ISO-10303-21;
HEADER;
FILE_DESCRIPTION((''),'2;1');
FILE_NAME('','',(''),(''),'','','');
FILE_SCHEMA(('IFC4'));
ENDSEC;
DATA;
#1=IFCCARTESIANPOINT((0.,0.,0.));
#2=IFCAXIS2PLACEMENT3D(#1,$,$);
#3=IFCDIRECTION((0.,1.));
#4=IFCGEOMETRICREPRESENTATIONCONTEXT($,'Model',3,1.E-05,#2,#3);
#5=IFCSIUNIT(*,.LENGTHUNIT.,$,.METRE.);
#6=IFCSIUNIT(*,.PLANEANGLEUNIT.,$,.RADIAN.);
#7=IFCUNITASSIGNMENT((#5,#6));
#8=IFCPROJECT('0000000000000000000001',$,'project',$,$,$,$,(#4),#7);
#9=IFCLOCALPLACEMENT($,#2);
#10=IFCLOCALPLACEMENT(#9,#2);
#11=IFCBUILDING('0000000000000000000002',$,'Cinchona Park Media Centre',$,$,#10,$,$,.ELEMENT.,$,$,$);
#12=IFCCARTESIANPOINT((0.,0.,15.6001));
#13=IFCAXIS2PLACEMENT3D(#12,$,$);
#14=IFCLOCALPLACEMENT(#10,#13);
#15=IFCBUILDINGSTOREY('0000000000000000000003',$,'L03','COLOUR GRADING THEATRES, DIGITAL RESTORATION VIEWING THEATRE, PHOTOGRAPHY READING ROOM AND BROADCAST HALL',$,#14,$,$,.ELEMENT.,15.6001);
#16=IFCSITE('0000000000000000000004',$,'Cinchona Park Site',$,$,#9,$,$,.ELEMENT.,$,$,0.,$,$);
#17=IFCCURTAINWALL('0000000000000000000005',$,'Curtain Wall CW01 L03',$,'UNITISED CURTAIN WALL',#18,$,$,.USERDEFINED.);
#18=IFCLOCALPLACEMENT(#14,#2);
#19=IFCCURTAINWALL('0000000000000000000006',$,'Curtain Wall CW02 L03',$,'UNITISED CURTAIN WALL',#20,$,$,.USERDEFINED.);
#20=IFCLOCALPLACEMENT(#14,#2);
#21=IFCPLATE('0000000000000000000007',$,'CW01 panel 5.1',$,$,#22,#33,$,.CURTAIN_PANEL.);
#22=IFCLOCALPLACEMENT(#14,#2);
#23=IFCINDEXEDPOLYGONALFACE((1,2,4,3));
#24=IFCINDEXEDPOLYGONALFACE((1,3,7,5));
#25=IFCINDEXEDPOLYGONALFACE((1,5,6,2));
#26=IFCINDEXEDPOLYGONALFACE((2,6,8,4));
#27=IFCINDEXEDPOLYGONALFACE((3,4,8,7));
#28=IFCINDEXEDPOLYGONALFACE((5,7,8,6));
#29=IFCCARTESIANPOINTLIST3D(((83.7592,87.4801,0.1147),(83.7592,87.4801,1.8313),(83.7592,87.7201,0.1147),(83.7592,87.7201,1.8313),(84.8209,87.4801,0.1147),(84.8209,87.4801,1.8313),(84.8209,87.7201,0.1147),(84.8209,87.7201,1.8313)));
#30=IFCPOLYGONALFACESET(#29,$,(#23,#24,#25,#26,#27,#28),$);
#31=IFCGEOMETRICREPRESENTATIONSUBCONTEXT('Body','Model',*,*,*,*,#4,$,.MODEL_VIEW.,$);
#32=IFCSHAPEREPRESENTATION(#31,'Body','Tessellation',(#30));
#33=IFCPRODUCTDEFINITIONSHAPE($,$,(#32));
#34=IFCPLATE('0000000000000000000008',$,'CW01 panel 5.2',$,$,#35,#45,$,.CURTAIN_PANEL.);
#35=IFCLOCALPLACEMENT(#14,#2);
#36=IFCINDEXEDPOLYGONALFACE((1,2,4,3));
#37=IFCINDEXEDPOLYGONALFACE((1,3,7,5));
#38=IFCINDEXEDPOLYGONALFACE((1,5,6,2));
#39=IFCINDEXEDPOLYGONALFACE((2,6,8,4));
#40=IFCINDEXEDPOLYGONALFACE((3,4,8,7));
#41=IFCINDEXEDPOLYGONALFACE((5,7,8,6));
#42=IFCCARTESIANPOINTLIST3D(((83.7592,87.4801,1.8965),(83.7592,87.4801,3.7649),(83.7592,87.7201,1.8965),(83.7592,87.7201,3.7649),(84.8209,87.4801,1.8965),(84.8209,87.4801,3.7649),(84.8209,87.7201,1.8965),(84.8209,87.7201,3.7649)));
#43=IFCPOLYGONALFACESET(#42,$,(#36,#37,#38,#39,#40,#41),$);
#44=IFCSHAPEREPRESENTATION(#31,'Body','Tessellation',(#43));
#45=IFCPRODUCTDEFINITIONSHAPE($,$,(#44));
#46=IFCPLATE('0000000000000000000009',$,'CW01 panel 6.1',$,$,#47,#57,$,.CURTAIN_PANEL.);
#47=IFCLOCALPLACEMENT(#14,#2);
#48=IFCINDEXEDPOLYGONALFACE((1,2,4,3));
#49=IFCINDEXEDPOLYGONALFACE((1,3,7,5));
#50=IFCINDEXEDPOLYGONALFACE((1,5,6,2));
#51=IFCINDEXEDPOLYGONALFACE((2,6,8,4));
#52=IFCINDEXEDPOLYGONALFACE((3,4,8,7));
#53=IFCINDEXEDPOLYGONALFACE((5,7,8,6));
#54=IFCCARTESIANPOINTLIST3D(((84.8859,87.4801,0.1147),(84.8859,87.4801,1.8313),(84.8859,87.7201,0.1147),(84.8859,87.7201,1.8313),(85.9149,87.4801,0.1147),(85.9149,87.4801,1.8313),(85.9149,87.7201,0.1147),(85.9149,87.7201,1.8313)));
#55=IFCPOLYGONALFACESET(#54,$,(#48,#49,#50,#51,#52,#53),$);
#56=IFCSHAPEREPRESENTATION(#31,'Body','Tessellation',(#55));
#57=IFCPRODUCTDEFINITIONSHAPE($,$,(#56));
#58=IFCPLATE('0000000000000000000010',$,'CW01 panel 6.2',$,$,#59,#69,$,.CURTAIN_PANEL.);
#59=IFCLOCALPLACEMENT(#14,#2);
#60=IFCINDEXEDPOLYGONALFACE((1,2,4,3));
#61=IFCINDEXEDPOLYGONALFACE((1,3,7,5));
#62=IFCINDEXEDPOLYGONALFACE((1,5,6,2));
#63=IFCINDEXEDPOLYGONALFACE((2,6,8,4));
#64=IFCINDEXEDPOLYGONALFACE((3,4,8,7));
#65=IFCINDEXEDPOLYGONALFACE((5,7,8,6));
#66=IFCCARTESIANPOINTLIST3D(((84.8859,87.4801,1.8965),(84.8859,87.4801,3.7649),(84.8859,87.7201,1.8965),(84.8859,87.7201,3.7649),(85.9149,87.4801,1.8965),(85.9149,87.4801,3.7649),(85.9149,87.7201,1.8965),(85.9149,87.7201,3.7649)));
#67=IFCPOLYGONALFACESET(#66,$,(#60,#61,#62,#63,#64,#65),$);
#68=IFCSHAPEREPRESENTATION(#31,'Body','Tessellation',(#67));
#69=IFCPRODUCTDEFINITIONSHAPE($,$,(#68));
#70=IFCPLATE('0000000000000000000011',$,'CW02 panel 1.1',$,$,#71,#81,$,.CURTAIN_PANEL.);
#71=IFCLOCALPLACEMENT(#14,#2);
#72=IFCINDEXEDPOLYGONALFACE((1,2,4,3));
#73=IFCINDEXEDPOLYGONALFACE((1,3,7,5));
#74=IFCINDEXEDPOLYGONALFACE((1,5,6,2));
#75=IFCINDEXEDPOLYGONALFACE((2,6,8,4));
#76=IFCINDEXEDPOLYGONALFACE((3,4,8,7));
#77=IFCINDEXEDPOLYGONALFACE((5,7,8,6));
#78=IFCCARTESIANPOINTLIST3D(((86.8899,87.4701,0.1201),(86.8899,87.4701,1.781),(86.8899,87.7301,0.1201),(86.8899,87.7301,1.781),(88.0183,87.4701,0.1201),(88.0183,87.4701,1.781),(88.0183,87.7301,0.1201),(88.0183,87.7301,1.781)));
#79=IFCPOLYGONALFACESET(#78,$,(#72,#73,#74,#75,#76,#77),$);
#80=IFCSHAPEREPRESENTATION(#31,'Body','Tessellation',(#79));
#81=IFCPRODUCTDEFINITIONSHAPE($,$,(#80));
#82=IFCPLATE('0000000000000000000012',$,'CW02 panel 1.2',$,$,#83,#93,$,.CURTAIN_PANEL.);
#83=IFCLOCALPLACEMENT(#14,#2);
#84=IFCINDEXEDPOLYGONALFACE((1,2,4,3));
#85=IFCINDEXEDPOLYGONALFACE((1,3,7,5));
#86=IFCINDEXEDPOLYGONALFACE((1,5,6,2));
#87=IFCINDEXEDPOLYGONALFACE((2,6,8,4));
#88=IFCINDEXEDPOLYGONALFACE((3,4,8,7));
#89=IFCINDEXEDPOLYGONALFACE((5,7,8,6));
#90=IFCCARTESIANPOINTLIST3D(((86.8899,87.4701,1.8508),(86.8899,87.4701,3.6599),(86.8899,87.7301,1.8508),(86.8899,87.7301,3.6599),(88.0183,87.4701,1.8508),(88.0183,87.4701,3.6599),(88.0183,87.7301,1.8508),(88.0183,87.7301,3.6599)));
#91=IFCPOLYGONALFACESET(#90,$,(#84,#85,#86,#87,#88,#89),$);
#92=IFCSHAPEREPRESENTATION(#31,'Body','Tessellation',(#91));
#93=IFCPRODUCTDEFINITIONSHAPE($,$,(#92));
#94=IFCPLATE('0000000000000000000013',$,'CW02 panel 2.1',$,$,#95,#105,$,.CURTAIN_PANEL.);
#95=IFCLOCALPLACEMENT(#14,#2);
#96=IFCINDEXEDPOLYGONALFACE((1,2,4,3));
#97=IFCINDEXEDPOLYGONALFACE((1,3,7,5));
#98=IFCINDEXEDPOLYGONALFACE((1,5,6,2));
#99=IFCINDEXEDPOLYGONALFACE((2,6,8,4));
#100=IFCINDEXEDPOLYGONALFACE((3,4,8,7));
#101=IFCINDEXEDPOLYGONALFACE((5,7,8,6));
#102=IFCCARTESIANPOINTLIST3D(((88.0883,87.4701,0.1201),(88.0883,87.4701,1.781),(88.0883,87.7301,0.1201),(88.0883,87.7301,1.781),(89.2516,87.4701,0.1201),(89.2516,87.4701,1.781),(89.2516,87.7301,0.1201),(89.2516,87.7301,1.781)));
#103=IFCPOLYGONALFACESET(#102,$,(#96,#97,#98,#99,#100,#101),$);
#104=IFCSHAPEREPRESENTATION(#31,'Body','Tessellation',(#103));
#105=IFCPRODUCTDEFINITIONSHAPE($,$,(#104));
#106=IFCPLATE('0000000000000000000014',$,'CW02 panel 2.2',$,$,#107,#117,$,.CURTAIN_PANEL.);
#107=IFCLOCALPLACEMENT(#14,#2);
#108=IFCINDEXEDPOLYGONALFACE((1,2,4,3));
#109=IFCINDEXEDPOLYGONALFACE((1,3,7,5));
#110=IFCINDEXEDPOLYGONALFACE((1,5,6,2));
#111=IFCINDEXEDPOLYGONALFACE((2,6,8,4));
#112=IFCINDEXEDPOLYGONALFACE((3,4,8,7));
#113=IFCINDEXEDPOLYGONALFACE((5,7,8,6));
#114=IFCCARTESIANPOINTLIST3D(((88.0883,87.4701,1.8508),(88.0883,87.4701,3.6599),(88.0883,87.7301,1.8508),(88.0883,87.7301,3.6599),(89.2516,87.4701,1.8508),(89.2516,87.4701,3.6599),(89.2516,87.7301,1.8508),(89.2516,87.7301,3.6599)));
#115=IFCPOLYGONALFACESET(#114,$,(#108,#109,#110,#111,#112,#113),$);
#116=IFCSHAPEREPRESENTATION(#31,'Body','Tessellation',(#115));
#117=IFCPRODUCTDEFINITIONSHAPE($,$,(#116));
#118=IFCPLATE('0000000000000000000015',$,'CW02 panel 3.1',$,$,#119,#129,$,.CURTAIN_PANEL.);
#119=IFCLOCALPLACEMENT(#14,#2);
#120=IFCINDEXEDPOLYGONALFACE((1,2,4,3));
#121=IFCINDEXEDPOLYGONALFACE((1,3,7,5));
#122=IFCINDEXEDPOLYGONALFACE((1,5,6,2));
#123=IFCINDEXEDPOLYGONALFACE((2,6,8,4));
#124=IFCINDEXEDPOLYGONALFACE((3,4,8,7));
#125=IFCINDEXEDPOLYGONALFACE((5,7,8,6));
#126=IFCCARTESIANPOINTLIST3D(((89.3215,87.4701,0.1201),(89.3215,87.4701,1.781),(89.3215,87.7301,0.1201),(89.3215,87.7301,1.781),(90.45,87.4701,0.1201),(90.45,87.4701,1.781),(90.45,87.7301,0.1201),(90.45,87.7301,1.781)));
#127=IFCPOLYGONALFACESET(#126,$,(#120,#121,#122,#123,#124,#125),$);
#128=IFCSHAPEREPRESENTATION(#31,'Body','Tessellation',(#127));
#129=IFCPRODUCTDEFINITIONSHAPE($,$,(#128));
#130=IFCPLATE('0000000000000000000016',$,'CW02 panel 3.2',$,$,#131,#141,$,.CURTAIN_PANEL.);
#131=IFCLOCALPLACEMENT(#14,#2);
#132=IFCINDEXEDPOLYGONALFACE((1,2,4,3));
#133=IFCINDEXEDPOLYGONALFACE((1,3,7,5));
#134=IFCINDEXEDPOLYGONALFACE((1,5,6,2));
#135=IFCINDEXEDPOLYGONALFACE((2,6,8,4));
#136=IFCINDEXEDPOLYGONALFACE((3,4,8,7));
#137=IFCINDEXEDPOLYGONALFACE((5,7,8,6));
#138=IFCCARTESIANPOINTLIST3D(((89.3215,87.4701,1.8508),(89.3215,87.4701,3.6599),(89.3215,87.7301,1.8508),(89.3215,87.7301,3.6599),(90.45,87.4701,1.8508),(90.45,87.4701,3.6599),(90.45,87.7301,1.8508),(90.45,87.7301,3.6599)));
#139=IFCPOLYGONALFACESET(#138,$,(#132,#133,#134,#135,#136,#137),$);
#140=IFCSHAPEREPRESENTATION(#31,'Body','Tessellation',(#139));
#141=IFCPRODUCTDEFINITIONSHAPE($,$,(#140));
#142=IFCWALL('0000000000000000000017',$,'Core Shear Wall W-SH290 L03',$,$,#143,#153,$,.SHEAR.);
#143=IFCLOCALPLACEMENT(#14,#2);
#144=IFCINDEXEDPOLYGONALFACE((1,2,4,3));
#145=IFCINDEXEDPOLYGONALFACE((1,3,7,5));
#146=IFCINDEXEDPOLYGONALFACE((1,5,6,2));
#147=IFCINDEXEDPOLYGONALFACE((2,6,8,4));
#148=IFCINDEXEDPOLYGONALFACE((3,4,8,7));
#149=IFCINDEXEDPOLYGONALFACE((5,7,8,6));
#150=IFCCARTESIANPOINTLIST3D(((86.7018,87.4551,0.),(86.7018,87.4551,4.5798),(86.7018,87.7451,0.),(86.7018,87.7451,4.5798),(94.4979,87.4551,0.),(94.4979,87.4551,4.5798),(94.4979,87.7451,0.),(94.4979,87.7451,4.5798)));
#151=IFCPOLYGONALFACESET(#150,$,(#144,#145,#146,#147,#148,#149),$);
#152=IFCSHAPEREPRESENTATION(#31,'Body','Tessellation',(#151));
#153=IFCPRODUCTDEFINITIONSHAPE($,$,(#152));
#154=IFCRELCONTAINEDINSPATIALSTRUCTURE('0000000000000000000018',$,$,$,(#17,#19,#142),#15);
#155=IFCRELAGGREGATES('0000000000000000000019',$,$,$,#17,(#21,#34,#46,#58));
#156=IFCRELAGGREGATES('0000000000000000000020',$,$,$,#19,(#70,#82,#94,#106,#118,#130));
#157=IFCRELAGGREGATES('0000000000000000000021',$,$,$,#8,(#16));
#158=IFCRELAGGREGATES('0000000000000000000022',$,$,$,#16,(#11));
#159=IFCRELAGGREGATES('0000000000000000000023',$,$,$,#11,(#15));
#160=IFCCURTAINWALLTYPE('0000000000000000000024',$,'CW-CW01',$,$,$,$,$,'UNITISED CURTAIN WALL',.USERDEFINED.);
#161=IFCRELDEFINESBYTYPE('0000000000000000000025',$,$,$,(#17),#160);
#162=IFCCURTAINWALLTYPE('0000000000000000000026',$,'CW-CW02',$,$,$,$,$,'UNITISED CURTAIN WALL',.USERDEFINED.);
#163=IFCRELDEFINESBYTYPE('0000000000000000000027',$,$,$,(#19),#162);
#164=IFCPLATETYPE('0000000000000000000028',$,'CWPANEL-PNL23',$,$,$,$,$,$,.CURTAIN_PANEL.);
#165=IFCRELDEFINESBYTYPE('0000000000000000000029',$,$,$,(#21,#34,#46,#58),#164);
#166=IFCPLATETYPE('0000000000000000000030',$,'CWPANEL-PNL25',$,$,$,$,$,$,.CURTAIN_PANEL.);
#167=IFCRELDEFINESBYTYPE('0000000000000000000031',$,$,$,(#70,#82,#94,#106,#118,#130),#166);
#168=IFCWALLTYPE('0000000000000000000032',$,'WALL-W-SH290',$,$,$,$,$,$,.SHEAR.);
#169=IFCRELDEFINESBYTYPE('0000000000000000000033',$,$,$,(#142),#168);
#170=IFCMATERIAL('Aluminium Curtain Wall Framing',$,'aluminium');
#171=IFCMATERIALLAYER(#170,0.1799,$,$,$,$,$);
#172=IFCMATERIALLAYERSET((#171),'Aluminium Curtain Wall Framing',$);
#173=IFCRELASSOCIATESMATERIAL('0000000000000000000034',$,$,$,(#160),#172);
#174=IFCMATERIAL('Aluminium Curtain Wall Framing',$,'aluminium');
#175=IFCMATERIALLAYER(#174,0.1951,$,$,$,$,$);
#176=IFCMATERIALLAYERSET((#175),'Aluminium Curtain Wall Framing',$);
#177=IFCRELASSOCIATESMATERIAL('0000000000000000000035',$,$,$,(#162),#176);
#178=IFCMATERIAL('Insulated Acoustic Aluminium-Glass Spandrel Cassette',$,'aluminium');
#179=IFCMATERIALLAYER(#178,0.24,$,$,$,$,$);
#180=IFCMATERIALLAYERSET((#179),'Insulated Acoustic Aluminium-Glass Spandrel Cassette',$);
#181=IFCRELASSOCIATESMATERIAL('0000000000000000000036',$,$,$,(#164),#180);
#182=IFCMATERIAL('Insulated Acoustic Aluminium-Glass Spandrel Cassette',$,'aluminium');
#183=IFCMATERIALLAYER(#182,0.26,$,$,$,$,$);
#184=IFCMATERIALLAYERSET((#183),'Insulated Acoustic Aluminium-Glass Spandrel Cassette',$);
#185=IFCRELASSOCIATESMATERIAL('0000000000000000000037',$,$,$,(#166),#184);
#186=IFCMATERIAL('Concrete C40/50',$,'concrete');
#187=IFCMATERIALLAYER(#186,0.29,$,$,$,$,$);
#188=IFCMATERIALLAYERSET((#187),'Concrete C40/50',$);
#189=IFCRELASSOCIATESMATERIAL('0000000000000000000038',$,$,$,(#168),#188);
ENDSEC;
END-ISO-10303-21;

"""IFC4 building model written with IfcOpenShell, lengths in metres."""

from ifc_helpers import new_model, si_unit, direction, frame, frame_2d, origin, origin_2d, place, context, subcontext, project, spatial, rectangle, extrude, material, layer, layer_set, type_object, element, aggregate, save


model = new_model("IFC4")

# Units and contexts
model_context = context("Model", 3, precision=1e-05, world=origin(), true_north=direction((0.0, 1.0)))
body_context = subcontext(model_context, "Body", "Model", "MODEL_VIEW")
ifc_project = project(units=[si_unit("LENGTHUNIT", "METRE"), si_unit("PLANEANGLEUNIT", "RADIAN")], contexts=[model_context])

# Site, building, storey
site_placement = place(None, origin())
site = spatial("IfcSite", under=ifc_project, at=site_placement, Name="Cinchona Park Site", CompositionType="ELEMENT", RefElevation=0.0)
building_placement = place(site_placement, origin())
building = spatial("IfcBuilding", under=site, at=building_placement, Name="Cinchona Park Media Centre", CompositionType="ELEMENT")
storey_placement = place(building_placement, frame((0.0, 0.0, 15.6001)))
storey = spatial("IfcBuildingStorey", under=building, at=storey_placement, Name="L03", Description="COLOUR GRADING THEATRES, DIGITAL RESTORATION VIEWING THEATRE, PHOTOGRAPHY READING ROOM AND BROADCAST HALL", CompositionType="ELEMENT", Elevation=15.6001)

# Curtain walls
ifc_material_1 = material(Name="Aluminium Curtain Wall Framing", Category="aluminium")
ifc_layer_1 = layer(ifc_material_1, 0.1799)
ifc_layer_set_1 = layer_set([ifc_layer_1], Name="Aluminium Curtain Wall Framing")
curtain_wall_type_1 = type_object("IfcCurtainWallType", Name="CW-CW01", ElementType="UNITISED CURTAIN WALL", PredefinedType="USERDEFINED", material=ifc_layer_set_1)
curtain_wall_1_placement = place(storey_placement, origin())
curtain_wall_1 = element("IfcCurtainWall", 1, at=curtain_wall_1_placement, inside=storey, type_object=curtain_wall_type_1, Name="Curtain Wall CW01 L03", ObjectType="UNITISED CURTAIN WALL", PredefinedType="USERDEFINED")
ifc_material_2 = material(Name="Aluminium Curtain Wall Framing", Category="aluminium")
ifc_layer_2 = layer(ifc_material_2, 0.1951)
ifc_layer_set_2 = layer_set([ifc_layer_2], Name="Aluminium Curtain Wall Framing")
curtain_wall_type_2 = type_object("IfcCurtainWallType", Name="CW-CW02", ElementType="UNITISED CURTAIN WALL", PredefinedType="USERDEFINED", material=ifc_layer_set_2)
curtain_wall_2_placement = place(storey_placement, origin())
curtain_wall_2 = element("IfcCurtainWall", 2, at=curtain_wall_2_placement, inside=storey, type_object=curtain_wall_type_2, Name="Curtain Wall CW02 L03", ObjectType="UNITISED CURTAIN WALL", PredefinedType="USERDEFINED")

# Plates
ifc_material_3 = material(Name="Insulated Acoustic Aluminium-Glass Spandrel Cassette", Category="aluminium")
ifc_layer_3 = layer(ifc_material_3, 0.24)
ifc_layer_set_3 = layer_set([ifc_layer_3], Name="Insulated Acoustic Aluminium-Glass Spandrel Cassette")
plate_type_1 = type_object("IfcPlateType", Name="CWPANEL-PNL23", PredefinedType="CURTAIN_PANEL", material=ifc_layer_set_3)
plate_1_placement = place(storey_placement, frame((84.29, 87.6001, 0.1147), z_axis=(0.0, 0.0, 1.0), x_axis=(1.0, 0.0, 0.0)))
plate_1 = element("IfcPlate", 3, at=plate_1_placement, type_object=plate_type_1, Name="CW01 panel 5.1", PredefinedType="CURTAIN_PANEL", context=body_context, shape_type="SweptSolid", body=[
    extrude(rectangle(XDim=1.0618, YDim=0.24, at=origin_2d()), origin(), (0.0, 0.0, 1.0), 1.7166),
])
plate_2_placement = place(storey_placement, frame((84.29, 87.6001, 1.8965), z_axis=(0.0, 0.0, 1.0), x_axis=(1.0, 0.0, 0.0)))
plate_2 = element("IfcPlate", 4, at=plate_2_placement, type_object=plate_type_1, Name="CW01 panel 5.2", PredefinedType="CURTAIN_PANEL", context=body_context, shape_type="SweptSolid", body=[
    extrude(rectangle(XDim=1.0618, YDim=0.24, at=origin_2d()), origin(), (0.0, 0.0, 1.0), 1.8684),
])
plate_3_placement = place(storey_placement, frame((85.4004, 87.6001, 0.1147), z_axis=(0.0, 0.0, 1.0), x_axis=(1.0, 0.0, 0.0)))
plate_3 = element("IfcPlate", 5, at=plate_3_placement, type_object=plate_type_1, Name="CW01 panel 6.1", PredefinedType="CURTAIN_PANEL", context=body_context, shape_type="SweptSolid", body=[
    extrude(rectangle(XDim=1.0291, YDim=0.24, at=origin_2d()), origin(), (0.0, 0.0, 1.0), 1.7166),
])
plate_4_placement = place(storey_placement, frame((85.4004, 87.6001, 1.8965), z_axis=(0.0, 0.0, 1.0), x_axis=(1.0, 0.0, 0.0)))
plate_4 = element("IfcPlate", 6, at=plate_4_placement, type_object=plate_type_1, Name="CW01 panel 6.2", PredefinedType="CURTAIN_PANEL", context=body_context, shape_type="SweptSolid", body=[
    extrude(rectangle(XDim=1.0291, YDim=0.24, at=origin_2d()), origin(), (0.0, 0.0, 1.0), 1.8684),
])
aggregate(curtain_wall_1, [plate_1, plate_2, plate_3, plate_4])
ifc_material_4 = material(Name="Insulated Acoustic Aluminium-Glass Spandrel Cassette", Category="aluminium")
ifc_layer_4 = layer(ifc_material_4, 0.26)
ifc_layer_set_4 = layer_set([ifc_layer_4], Name="Insulated Acoustic Aluminium-Glass Spandrel Cassette")
plate_type_2 = type_object("IfcPlateType", Name="CWPANEL-PNL25", PredefinedType="CURTAIN_PANEL", material=ifc_layer_set_4)
plate_5_placement = place(storey_placement, frame((87.4541, 87.6001, 0.1201), z_axis=(0.0, 0.0, 1.0), x_axis=(1.0, 0.0, 0.0)))
plate_5 = element("IfcPlate", 7, at=plate_5_placement, type_object=plate_type_2, Name="CW02 panel 1.1", PredefinedType="CURTAIN_PANEL", context=body_context, shape_type="SweptSolid", body=[
    extrude(rectangle(XDim=1.1284, YDim=0.26, at=origin_2d()), origin(), (0.0, 0.0, 1.0), 1.6609),
])
plate_6_placement = place(storey_placement, frame((87.4541, 87.6001, 1.8508), z_axis=(0.0, 0.0, 1.0), x_axis=(1.0, 0.0, 0.0)))
plate_6 = element("IfcPlate", 8, at=plate_6_placement, type_object=plate_type_2, Name="CW02 panel 1.2", PredefinedType="CURTAIN_PANEL", context=body_context, shape_type="SweptSolid", body=[
    extrude(rectangle(XDim=1.1284, YDim=0.26, at=origin_2d()), origin(), (0.0, 0.0, 1.0), 1.8091),
])
plate_7_placement = place(storey_placement, frame((88.6699, 87.6001, 0.1201), z_axis=(0.0, 0.0, 1.0), x_axis=(1.0, 0.0, 0.0)))
plate_7 = element("IfcPlate", 9, at=plate_7_placement, type_object=plate_type_2, Name="CW02 panel 2.1", PredefinedType="CURTAIN_PANEL", context=body_context, shape_type="SweptSolid", body=[
    extrude(rectangle(XDim=1.1633, YDim=0.26, at=origin_2d()), origin(), (0.0, 0.0, 1.0), 1.6609),
])
plate_8_placement = place(storey_placement, frame((88.6699, 87.6001, 1.8508), z_axis=(0.0, 0.0, 1.0), x_axis=(1.0, 0.0, 0.0)))
plate_8 = element("IfcPlate", 10, at=plate_8_placement, type_object=plate_type_2, Name="CW02 panel 2.2", PredefinedType="CURTAIN_PANEL", context=body_context, shape_type="SweptSolid", body=[
    extrude(rectangle(XDim=1.1633, YDim=0.26, at=origin_2d()), origin(), (0.0, 0.0, 1.0), 1.8091),
])
plate_9_placement = place(storey_placement, frame((89.8857, 87.6001, 0.1201), z_axis=(0.0, 0.0, 1.0), x_axis=(1.0, 0.0, 0.0)))
plate_9 = element("IfcPlate", 11, at=plate_9_placement, type_object=plate_type_2, Name="CW02 panel 3.1", PredefinedType="CURTAIN_PANEL", context=body_context, shape_type="SweptSolid", body=[
    extrude(rectangle(XDim=1.1284, YDim=0.26, at=origin_2d()), origin(), (0.0, 0.0, 1.0), 1.6609),
])
plate_10_placement = place(storey_placement, frame((89.8857, 87.6001, 1.8508), z_axis=(0.0, 0.0, 1.0), x_axis=(1.0, 0.0, 0.0)))
plate_10 = element("IfcPlate", 12, at=plate_10_placement, type_object=plate_type_2, Name="CW02 panel 3.2", PredefinedType="CURTAIN_PANEL", context=body_context, shape_type="SweptSolid", body=[
    extrude(rectangle(XDim=1.1284, YDim=0.26, at=origin_2d()), origin(), (0.0, 0.0, 1.0), 1.8091),
])
aggregate(curtain_wall_2, [plate_5, plate_6, plate_7, plate_8, plate_9, plate_10])

# Wall
ifc_material_5 = material(Name="Concrete C40/50", Category="concrete")
ifc_layer_5 = layer(ifc_material_5, 0.29)
ifc_layer_set_5 = layer_set([ifc_layer_5], Name="Concrete C40/50")
wall_type = type_object("IfcWallType", Name="WALL-W-SH290", PredefinedType="SHEAR", material=ifc_layer_set_5)
wall_placement = place(storey_placement, frame((86.7019, 87.6001, 0.0), z_axis=(0.0, 0.0, 1.0), x_axis=(1.0, 0.0, 0.0)))
element("IfcWall", 13, at=wall_placement, inside=storey, type_object=wall_type, Name="Core Shear Wall W-SH290 L03", PredefinedType="SHEAR", context=body_context, shape_type="SweptSolid", body=[
    extrude(rectangle(XDim=7.7961, YDim=0.29, at=frame_2d((3.8979, 0.0))), origin(), (0.0, 0.0, 1.0), 4.5798),
])

save(model, "model.ifc")
